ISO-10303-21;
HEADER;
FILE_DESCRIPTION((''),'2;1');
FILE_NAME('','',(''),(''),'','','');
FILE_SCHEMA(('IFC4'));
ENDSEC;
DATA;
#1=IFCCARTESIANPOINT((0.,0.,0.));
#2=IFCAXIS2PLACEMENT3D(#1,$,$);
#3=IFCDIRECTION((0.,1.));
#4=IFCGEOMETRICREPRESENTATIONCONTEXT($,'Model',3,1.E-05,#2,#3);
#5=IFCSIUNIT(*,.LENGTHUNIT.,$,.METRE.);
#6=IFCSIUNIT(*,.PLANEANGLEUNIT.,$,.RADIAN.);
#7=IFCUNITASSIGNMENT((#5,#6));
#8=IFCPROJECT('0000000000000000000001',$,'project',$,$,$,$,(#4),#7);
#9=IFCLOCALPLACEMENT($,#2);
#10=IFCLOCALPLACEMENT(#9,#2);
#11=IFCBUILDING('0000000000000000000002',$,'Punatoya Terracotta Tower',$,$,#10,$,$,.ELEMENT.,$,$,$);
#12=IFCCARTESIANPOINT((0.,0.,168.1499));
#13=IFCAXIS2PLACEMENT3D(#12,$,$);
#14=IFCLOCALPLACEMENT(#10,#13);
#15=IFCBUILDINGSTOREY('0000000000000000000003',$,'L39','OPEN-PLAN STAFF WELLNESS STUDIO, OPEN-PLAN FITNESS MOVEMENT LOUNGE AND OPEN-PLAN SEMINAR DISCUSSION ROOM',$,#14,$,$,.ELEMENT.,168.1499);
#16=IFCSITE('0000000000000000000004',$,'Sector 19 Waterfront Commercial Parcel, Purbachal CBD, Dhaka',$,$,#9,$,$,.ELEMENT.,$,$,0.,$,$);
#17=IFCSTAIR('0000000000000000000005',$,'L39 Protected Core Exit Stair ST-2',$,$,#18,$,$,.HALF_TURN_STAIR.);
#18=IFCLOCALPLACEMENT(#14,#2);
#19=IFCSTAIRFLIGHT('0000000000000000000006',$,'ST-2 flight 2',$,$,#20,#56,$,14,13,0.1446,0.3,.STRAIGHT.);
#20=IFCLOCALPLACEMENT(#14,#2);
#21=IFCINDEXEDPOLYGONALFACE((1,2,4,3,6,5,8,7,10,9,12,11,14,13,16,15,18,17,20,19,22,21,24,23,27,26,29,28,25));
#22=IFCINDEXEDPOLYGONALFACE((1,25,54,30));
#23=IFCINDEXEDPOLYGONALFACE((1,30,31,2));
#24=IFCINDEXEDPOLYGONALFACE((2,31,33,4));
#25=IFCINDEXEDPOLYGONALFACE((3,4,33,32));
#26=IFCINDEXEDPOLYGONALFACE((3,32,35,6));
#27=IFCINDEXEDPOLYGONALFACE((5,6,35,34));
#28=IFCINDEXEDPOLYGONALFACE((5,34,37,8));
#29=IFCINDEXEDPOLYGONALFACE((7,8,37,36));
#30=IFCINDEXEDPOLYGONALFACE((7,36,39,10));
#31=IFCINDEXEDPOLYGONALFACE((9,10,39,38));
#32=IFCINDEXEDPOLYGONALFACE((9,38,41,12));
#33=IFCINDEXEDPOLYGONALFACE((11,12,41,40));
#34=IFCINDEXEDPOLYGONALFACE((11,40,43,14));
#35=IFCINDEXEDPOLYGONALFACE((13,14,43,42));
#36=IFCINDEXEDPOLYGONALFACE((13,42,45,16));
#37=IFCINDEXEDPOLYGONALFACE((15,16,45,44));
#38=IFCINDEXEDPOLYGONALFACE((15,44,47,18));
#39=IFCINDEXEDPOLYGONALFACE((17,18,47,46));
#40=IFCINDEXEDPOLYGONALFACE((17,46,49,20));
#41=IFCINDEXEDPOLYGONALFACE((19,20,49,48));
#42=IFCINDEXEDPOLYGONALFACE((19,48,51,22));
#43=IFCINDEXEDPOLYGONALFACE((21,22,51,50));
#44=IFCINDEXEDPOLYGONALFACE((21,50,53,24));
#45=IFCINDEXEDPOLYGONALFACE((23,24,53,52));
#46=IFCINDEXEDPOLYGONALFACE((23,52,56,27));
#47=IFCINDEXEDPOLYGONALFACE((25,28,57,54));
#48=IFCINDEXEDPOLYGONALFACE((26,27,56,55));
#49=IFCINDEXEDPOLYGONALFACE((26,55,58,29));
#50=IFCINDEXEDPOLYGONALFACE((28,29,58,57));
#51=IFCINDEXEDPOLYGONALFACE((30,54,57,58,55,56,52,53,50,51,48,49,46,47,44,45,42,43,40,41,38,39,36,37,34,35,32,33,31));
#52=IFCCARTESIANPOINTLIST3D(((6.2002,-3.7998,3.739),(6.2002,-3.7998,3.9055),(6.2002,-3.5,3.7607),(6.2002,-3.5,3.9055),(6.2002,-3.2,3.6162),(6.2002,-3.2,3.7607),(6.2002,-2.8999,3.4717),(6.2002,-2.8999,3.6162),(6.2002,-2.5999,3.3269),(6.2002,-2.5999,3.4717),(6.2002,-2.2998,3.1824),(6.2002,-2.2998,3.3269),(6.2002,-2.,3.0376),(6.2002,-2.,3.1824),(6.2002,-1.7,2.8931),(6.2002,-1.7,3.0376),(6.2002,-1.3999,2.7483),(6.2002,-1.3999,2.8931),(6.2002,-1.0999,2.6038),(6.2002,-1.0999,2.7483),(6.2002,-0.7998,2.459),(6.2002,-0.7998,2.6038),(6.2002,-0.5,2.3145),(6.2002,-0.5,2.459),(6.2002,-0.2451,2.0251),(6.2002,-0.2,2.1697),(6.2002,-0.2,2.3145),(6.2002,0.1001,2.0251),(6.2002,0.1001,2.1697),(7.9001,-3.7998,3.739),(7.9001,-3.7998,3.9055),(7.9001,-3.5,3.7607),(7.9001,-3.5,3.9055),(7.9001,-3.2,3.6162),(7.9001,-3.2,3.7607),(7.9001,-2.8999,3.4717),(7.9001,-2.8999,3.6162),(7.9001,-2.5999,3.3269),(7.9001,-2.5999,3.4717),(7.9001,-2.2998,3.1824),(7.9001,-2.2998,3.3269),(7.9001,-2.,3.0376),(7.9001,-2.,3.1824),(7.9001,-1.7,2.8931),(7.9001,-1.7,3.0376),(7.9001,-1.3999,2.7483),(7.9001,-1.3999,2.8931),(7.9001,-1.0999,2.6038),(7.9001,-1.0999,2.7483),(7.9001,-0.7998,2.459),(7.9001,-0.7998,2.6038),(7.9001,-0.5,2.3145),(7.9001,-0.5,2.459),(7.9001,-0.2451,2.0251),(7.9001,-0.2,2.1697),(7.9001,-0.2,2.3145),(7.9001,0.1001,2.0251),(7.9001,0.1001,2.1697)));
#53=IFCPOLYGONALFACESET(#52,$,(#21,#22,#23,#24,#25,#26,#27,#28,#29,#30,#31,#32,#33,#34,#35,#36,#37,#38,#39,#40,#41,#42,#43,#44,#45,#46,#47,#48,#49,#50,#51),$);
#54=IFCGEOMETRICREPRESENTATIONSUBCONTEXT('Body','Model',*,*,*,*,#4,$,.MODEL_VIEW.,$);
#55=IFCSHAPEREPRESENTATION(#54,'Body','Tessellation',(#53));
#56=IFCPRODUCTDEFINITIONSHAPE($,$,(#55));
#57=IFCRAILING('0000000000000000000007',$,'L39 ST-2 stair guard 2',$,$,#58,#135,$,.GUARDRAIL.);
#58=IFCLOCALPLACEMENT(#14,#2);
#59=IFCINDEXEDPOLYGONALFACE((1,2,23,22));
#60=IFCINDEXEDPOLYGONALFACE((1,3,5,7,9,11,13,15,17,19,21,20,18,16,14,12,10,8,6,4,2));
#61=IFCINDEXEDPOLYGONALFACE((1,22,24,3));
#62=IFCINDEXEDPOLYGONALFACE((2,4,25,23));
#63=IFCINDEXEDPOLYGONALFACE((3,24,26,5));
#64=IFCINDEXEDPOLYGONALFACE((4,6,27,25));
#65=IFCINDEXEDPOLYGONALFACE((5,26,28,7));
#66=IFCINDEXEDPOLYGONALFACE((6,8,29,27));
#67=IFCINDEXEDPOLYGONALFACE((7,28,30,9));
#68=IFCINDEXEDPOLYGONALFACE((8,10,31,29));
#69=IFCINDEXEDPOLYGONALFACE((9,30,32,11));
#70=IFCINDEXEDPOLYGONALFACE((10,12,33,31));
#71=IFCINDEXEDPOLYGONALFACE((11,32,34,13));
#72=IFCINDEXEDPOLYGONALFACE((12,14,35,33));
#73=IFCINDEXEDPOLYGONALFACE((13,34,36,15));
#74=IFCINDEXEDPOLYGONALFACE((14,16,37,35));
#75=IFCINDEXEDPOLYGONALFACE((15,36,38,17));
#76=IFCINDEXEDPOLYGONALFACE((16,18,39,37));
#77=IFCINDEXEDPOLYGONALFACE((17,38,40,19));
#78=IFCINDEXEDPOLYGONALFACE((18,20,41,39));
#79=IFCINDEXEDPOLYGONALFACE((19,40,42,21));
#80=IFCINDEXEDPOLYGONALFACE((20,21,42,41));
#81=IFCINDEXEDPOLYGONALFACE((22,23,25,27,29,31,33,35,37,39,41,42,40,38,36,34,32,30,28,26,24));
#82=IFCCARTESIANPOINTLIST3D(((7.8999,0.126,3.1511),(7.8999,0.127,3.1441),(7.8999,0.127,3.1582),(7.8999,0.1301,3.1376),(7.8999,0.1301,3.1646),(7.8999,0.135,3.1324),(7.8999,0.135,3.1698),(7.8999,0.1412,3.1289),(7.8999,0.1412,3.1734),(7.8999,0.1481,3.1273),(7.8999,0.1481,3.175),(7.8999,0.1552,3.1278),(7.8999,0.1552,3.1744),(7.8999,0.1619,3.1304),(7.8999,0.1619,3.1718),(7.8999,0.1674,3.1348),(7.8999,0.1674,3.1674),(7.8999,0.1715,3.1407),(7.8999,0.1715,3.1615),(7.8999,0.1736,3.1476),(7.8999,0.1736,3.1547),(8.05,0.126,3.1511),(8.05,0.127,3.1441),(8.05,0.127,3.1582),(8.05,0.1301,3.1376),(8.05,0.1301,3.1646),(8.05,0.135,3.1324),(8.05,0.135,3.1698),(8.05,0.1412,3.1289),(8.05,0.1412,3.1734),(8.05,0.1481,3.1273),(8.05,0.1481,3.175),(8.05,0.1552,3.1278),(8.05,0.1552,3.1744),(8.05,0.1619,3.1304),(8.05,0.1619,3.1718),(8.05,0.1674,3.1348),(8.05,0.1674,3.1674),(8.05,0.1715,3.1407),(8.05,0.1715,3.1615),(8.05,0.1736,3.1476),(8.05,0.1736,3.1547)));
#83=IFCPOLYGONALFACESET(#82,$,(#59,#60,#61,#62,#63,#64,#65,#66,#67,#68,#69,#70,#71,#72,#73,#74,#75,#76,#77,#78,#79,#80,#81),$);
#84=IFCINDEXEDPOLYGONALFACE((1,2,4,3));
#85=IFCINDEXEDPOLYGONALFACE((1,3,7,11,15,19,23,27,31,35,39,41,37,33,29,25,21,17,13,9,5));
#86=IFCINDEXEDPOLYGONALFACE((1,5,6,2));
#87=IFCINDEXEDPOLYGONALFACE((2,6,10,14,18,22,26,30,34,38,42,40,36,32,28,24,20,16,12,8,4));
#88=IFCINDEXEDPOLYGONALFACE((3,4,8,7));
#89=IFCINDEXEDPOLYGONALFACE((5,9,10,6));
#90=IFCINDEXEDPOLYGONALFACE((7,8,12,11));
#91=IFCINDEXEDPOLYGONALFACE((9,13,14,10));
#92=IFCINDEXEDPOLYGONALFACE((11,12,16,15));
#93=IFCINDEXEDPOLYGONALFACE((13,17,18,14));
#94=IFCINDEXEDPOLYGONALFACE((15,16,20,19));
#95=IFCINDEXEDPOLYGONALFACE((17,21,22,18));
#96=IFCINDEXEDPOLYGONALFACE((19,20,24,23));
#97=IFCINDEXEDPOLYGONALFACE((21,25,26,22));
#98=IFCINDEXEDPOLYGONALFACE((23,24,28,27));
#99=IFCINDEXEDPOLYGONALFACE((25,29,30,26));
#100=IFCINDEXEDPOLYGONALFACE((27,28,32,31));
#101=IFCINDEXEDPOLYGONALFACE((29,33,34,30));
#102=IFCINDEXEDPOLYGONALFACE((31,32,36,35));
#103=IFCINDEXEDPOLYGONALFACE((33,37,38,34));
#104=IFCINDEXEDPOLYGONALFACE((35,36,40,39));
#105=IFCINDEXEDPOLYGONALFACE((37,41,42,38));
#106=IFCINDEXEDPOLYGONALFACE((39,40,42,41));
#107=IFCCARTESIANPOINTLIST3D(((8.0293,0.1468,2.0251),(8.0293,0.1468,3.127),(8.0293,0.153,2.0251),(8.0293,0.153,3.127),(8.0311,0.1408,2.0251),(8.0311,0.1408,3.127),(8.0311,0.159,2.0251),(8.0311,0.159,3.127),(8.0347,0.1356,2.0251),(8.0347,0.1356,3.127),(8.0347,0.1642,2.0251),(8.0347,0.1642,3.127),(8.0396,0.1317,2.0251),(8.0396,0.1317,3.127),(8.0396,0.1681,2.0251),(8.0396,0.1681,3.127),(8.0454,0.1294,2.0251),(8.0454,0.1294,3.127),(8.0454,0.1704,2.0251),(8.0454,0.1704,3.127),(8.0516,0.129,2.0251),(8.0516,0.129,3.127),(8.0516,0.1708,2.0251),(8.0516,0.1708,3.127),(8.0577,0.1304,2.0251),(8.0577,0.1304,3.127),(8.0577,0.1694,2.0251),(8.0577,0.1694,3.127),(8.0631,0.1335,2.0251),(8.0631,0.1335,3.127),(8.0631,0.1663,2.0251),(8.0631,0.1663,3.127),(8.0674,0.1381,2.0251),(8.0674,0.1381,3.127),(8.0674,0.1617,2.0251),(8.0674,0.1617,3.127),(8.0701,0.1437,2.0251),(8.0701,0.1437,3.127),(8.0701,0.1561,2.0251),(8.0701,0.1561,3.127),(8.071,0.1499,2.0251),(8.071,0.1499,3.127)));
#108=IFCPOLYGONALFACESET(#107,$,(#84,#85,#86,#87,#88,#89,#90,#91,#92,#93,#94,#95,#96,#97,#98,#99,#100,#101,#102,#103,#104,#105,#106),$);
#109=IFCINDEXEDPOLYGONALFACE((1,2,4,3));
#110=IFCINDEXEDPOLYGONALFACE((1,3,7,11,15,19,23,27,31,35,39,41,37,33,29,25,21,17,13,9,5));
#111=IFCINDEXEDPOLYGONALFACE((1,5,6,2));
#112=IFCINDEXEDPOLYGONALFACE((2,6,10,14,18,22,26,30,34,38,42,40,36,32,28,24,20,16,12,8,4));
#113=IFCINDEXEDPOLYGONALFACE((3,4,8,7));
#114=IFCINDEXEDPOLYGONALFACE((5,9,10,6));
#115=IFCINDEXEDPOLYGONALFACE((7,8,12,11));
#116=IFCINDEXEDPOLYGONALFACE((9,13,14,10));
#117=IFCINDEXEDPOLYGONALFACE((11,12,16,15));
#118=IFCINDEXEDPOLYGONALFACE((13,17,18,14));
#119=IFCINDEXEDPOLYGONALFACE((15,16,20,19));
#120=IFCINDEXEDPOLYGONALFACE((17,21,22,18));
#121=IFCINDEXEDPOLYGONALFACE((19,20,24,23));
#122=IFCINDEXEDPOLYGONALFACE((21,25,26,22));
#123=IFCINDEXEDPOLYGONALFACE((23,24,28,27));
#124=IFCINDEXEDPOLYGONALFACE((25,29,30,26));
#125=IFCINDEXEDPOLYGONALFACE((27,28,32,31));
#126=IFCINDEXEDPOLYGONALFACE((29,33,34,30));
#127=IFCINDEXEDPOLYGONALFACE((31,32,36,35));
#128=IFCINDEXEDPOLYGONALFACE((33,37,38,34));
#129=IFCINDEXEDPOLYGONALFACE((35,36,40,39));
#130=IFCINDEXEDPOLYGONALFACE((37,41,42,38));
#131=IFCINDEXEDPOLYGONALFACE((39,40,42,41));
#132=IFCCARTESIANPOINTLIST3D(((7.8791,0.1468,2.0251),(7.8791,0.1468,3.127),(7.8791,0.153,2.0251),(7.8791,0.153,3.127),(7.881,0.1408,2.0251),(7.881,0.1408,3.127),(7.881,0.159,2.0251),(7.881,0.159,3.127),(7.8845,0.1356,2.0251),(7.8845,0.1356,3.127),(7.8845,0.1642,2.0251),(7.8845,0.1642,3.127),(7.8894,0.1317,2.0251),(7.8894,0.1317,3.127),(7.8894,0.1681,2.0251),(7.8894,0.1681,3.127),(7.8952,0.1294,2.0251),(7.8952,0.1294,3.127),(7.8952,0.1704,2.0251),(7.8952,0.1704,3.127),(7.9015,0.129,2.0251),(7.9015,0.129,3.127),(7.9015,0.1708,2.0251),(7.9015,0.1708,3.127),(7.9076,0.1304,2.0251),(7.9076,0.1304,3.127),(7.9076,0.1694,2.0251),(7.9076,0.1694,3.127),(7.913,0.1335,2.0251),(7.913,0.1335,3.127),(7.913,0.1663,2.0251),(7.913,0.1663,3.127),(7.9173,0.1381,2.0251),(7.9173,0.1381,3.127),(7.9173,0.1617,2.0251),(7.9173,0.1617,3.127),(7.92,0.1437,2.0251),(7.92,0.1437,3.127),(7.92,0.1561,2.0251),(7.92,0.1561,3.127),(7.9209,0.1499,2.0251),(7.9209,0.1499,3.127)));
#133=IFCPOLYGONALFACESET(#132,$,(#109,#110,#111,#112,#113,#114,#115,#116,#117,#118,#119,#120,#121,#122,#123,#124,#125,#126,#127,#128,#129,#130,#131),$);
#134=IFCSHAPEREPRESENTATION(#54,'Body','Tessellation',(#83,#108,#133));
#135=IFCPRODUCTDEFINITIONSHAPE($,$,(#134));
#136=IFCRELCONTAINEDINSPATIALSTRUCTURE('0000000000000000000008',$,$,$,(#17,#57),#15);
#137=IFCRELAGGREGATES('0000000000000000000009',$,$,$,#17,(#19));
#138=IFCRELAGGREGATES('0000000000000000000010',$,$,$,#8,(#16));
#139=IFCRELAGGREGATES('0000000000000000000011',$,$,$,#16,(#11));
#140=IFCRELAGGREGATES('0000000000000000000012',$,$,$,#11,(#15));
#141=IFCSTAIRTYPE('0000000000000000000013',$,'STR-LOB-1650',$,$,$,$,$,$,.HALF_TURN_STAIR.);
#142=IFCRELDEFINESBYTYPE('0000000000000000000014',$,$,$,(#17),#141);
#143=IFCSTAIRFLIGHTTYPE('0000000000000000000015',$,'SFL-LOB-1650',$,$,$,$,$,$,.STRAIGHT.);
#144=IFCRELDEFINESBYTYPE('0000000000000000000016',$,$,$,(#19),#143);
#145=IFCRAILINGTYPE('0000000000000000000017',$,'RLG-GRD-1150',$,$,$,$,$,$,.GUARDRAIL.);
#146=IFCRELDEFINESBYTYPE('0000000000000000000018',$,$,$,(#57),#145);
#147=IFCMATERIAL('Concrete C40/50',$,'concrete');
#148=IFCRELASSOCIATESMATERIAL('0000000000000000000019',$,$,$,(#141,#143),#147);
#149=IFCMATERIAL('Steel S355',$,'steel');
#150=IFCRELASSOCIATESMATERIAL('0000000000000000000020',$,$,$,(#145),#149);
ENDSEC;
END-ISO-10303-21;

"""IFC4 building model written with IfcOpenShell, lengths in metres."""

from ifc_helpers import new_model, si_unit, direction, frame, origin, origin_2d, place, context, subcontext, project, spatial, polyline, circle, outline, extrude, material, type_object, element, aggregate, save


model = new_model("IFC4")

# Units and contexts
model_context = context("Model", 3, precision=1e-05, world=origin(), true_north=direction((0.0, 1.0)))
body_context = subcontext(model_context, "Body", "Model", "MODEL_VIEW")
ifc_project = project(units=[si_unit("LENGTHUNIT", "METRE"), si_unit("PLANEANGLEUNIT", "RADIAN")], contexts=[model_context])

# Site, building, storey
site_placement = place(None, origin())
site = spatial("IfcSite", under=ifc_project, at=site_placement, Name="Sector 19 Waterfront Commercial Parcel, Purbachal CBD, Dhaka", CompositionType="ELEMENT", RefElevation=0.0)
building_placement = place(site_placement, origin())
building = spatial("IfcBuilding", under=site, at=building_placement, Name="Punatoya Terracotta Tower", CompositionType="ELEMENT")
storey_placement = place(building_placement, frame((0.0, 0.0, 168.1499)))
storey = spatial("IfcBuildingStorey", under=building, at=storey_placement, Name="L39", Description="OPEN-PLAN STAFF WELLNESS STUDIO, OPEN-PLAN FITNESS MOVEMENT LOUNGE AND OPEN-PLAN SEMINAR DISCUSSION ROOM", CompositionType="ELEMENT", Elevation=168.1499)

# Shared definitions
ifc_material_1 = material(Name="Steel S355", Category="steel")

# Shared definitions
ifc_material_2 = material(Name="Concrete C40/50", Category="concrete")

# Stair, stair flight
stair_type = type_object("IfcStairType", Name="STR-LOB-1650", PredefinedType="HALF_TURN_STAIR", material=ifc_material_2)
stair_placement = place(storey_placement, origin())
stair = element("IfcStair", 1, at=stair_placement, inside=storey, type_object=stair_type, Name="L39 Protected Core Exit Stair ST-2", PredefinedType="HALF_TURN_STAIR")
stair_flight_type = type_object("IfcStairFlightType", Name="SFL-LOB-1650", PredefinedType="STRAIGHT", material=ifc_material_2)
stair_flight_placement = place(storey_placement, frame((7.05, 0.1001, 2.0251), z_axis=(0.0, 0.0, 1.0), x_axis=(0.0, -1.0, 0.0)))
stair_flight = element("IfcStairFlight", 2, at=stair_flight_placement, type_object=stair_flight_type, Name="ST-2 flight 2", NumberOfRisers=14, NumberOfTreads=13, PredefinedType="STRAIGHT", RiserHeight=0.1446, TreadLength=0.3, context=body_context, shape_type="SweptSolid", body=[
    extrude(outline(polyline([(0.0, 0.0), (0.0, 0.1445), (0.3, 0.1445), (0.3, 0.2893), (0.6001, 0.2893), (0.6001, 0.4338), (0.8999, 0.4338), (0.8999, 0.5786), (1.2, 0.5786), (1.2, 0.7231), (1.5, 0.7231), (1.5, 0.8679), (1.8, 0.8679), (1.8, 1.0125), (2.1001, 1.0125), (2.1001, 1.1572), (2.3999, 1.1572), (2.3999, 1.3018), (2.7, 1.3018), (2.7, 1.4465), (3.0, 1.4465), (3.0, 1.5911), (3.3, 1.5911), (3.3, 1.7356), (3.6001, 1.7356), (3.6001, 1.8804), (3.8999, 1.8804), (3.8999, 2.0249), (3.8999, 1.7139), (0.3452, 0.0), (0.0, 0.0)])), frame((0.0, 0.8501, 0.0), z_axis=(0.0, -1.0, 0.0), x_axis=(1.0, 0.0, 0.0)), (0.0, 0.0, 1.0), 1.7),
])
aggregate(stair, [stair_flight])

# Railing
railing_type_1 = type_object("IfcRailingType", Name="RLG-GRD-1150", PredefinedType="GUARDRAIL", material=ifc_material_1)
railing_1_placement = place(storey_placement, frame((8.05, 0.1499, 2.0251)))
element("IfcRailing", 3, at=railing_1_placement, inside=storey, type_object=railing_type_1, Name="L39 ST-2 stair guard 2", PredefinedType="GUARDRAIL", context=body_context, shape_type="SweptSolid", body=[
    extrude(circle(Radius=0.0239, at=origin_2d()), frame((0.0, 0.0, 1.126), z_axis=(-1.0, 0.0, 0.0), x_axis=(0.0, -1.0, 0.0)), (0.0, 0.0, 1.0), 0.1501),
    extrude(circle(Radius=0.021, at=origin_2d()), origin(), (0.0, 0.0, 1.0), 1.1018),
    extrude(circle(Radius=0.021, at=origin_2d()), frame((-0.1501, 0.0, 0.0)), (0.0, 0.0, 1.0), 1.1018),
])

save(model, "model.ifc")
